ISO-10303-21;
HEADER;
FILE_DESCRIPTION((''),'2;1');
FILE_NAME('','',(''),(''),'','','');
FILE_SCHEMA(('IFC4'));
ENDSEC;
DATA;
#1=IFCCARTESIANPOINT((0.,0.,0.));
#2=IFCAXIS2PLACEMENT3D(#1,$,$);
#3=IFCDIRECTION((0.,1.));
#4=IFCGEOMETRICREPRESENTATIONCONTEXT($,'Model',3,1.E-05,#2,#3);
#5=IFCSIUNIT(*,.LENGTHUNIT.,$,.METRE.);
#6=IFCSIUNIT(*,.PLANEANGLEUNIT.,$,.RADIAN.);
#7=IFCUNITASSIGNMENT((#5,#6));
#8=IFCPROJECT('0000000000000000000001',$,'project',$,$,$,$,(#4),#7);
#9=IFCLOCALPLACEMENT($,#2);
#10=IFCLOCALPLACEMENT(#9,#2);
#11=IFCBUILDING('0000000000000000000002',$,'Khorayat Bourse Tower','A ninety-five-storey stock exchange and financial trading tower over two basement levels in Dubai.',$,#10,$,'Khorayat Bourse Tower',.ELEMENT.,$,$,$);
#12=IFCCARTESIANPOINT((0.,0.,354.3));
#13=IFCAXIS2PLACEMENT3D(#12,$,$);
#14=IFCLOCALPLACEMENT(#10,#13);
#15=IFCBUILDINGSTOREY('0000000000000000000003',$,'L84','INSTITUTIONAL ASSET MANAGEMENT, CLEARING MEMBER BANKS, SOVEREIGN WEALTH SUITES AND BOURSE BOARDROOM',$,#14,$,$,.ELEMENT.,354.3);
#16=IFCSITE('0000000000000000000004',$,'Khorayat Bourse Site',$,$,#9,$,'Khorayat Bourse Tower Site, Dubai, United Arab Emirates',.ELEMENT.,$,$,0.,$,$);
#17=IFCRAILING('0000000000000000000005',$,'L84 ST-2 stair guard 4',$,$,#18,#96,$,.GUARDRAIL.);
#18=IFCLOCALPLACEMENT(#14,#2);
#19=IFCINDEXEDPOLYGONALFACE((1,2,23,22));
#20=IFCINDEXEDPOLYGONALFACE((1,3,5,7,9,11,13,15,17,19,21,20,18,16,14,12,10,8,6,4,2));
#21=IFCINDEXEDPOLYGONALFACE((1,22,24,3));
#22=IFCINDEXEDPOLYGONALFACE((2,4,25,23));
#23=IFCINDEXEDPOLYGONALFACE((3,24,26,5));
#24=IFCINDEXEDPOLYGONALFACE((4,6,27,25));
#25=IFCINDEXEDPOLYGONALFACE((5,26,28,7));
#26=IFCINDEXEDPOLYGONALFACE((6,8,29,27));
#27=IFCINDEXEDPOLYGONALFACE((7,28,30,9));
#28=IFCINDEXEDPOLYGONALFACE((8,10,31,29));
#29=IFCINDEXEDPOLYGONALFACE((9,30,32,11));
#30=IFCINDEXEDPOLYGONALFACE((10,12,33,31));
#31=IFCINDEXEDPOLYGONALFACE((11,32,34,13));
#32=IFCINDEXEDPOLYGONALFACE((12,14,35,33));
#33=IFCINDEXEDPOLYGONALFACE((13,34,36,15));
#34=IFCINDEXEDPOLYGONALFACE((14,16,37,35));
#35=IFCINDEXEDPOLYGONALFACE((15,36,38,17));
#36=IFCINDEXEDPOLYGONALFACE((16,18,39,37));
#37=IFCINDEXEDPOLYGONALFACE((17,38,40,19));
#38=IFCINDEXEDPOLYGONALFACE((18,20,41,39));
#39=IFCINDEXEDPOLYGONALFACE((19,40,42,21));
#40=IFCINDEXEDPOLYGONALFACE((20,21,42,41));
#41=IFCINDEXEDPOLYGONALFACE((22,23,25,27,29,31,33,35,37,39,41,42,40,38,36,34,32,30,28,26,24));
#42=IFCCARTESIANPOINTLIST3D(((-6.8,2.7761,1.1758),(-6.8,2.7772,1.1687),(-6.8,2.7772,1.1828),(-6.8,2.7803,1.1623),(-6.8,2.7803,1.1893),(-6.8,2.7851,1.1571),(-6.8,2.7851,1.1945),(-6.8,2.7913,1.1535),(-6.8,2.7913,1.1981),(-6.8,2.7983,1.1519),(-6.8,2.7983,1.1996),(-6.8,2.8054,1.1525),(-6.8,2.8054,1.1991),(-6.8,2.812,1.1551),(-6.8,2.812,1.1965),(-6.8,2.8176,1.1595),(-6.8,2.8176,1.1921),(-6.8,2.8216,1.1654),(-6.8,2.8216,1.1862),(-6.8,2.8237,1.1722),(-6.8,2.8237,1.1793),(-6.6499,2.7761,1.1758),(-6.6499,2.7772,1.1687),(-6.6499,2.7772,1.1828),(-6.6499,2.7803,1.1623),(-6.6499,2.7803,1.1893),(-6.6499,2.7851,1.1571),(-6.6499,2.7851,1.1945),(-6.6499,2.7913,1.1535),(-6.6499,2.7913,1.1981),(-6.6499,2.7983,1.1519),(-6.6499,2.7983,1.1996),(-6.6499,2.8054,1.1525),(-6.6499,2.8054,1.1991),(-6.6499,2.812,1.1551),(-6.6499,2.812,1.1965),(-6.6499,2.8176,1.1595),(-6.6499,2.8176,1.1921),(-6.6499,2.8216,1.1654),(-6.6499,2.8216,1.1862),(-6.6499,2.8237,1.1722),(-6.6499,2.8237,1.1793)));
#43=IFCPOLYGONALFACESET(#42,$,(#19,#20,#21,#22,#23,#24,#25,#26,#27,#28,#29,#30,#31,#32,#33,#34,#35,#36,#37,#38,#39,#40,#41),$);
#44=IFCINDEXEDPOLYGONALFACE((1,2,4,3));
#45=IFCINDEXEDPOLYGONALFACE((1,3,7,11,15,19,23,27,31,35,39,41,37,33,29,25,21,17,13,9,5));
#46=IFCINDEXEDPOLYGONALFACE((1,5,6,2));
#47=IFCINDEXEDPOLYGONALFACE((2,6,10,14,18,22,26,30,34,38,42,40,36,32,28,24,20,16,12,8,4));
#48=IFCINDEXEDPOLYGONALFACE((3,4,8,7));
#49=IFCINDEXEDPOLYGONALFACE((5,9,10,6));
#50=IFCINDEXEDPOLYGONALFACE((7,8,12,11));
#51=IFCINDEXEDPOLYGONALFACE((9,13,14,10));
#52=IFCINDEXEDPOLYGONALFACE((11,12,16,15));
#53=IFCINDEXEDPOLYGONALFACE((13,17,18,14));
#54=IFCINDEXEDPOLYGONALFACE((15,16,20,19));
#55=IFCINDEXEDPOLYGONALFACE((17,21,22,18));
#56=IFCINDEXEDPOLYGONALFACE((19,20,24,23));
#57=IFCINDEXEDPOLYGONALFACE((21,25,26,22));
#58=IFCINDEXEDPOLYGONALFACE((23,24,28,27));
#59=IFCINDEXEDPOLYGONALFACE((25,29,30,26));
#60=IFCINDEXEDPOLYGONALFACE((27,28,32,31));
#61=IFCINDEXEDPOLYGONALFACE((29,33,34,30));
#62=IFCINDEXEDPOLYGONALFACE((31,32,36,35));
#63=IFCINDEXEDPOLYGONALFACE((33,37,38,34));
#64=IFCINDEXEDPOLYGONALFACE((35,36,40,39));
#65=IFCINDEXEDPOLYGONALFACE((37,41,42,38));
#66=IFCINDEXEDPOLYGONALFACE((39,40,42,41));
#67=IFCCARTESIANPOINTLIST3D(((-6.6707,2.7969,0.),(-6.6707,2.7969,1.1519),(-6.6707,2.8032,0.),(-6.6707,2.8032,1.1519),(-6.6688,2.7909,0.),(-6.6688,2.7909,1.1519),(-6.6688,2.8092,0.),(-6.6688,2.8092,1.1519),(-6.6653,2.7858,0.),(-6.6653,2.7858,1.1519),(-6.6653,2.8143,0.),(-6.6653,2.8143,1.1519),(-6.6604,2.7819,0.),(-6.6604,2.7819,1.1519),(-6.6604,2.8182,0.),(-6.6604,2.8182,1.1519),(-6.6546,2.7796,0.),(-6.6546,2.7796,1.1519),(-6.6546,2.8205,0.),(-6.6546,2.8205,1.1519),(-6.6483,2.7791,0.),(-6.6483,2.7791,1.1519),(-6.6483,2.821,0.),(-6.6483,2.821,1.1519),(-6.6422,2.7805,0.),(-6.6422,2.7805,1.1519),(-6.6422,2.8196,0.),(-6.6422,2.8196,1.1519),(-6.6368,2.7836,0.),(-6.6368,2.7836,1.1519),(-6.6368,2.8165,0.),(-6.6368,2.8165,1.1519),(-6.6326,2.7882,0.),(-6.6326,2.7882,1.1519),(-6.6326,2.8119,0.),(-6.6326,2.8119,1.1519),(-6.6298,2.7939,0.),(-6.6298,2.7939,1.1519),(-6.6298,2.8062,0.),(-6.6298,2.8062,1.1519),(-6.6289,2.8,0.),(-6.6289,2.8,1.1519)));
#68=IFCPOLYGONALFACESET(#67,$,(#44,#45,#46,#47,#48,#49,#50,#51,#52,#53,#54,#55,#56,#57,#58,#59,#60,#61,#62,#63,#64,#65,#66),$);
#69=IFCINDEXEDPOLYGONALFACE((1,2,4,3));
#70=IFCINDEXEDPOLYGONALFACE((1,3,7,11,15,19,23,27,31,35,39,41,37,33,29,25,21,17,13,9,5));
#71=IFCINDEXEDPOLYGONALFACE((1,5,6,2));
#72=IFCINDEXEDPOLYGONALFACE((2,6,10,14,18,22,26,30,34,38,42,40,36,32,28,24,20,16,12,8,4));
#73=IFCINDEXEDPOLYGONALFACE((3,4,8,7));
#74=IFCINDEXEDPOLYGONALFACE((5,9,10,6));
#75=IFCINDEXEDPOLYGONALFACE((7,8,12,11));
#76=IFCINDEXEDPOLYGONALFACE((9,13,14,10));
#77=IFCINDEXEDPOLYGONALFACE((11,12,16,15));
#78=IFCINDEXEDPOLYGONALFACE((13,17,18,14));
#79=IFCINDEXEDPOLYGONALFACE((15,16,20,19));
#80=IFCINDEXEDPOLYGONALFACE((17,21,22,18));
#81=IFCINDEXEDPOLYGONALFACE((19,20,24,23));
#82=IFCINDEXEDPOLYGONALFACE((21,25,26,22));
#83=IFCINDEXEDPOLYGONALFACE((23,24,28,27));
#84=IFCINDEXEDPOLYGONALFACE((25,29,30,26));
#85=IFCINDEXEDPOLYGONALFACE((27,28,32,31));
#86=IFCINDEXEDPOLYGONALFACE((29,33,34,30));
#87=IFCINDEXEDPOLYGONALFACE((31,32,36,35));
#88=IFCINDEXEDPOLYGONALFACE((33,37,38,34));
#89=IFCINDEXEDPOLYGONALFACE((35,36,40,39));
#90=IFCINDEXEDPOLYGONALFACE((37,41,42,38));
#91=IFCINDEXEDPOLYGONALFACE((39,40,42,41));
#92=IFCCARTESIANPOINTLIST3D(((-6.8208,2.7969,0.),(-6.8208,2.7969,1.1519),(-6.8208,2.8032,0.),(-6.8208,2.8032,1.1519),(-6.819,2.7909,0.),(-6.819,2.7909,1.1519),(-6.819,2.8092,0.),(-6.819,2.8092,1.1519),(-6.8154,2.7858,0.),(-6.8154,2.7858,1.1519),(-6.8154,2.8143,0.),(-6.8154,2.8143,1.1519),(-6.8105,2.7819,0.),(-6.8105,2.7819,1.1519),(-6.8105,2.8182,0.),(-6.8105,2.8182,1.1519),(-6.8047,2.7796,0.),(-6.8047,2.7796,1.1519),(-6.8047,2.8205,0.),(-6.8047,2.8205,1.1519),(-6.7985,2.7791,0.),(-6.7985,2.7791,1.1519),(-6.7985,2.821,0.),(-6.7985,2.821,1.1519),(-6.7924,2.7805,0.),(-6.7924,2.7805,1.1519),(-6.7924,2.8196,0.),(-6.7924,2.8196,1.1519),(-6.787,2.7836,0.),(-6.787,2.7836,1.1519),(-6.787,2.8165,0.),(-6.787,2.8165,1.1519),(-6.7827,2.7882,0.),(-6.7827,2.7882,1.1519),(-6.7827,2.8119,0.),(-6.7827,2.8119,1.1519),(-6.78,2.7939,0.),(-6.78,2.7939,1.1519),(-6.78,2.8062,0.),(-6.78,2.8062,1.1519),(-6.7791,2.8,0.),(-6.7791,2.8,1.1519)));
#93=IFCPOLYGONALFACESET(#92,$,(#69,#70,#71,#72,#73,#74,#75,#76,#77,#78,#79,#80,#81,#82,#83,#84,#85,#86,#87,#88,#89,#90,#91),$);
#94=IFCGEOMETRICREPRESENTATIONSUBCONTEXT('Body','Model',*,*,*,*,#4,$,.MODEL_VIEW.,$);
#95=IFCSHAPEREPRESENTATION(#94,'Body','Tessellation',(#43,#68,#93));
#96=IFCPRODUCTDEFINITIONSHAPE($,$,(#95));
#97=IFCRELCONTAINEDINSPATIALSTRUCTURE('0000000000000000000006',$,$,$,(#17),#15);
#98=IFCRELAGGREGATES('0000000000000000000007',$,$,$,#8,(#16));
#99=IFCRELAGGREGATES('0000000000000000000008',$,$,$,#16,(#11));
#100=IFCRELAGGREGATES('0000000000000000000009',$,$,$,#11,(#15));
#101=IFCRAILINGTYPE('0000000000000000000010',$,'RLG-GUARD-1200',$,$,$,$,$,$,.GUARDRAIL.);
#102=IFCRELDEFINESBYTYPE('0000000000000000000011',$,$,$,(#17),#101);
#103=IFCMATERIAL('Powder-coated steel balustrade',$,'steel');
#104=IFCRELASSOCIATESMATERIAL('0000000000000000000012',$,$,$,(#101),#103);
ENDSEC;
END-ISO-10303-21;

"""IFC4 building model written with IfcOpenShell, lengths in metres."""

from ifc_helpers import new_model, si_unit, direction, frame, origin, origin_2d, place, context, subcontext, project, spatial, circle, extrude, source, transform, mapped, material, type_object, element, save


model = new_model("IFC4")

# Units and contexts
model_context = context("Model", 3, precision=1e-05, world=origin(), true_north=direction((0.0, 1.0)))
body_context = subcontext(model_context, "Body", "Model", "MODEL_VIEW")
ifc_project = project(units=[si_unit("LENGTHUNIT", "METRE"), si_unit("PLANEANGLEUNIT", "RADIAN")], contexts=[model_context])

# Site, building, storey
site_placement = place(None, origin())
site = spatial("IfcSite", under=ifc_project, at=site_placement, Name="Khorayat Bourse Site", LongName="Khorayat Bourse Tower Site, Dubai, United Arab Emirates", CompositionType="ELEMENT", RefElevation=0.0)
building_placement = place(site_placement, origin())
building = spatial("IfcBuilding", under=site, at=building_placement, Name="Khorayat Bourse Tower", Description="A ninety-five-storey stock exchange and financial trading tower over two basement levels in Dubai.", LongName="Khorayat Bourse Tower", CompositionType="ELEMENT")
storey_placement = place(building_placement, frame((0.0, 0.0, 354.3)))
storey = spatial("IfcBuildingStorey", under=building, at=storey_placement, Name="L84", Description="INSTITUTIONAL ASSET MANAGEMENT, CLEARING MEMBER BANKS, SOVEREIGN WEALTH SUITES AND BOURSE BOARDROOM", CompositionType="ELEMENT", Elevation=354.3)

# Railing
ifc_material_1 = material(Name="Powder-coated steel balustrade", Category="steel")
railing_type_1 = type_object("IfcRailingType", Name="RLG-GUARD-1200", PredefinedType="GUARDRAIL", material=ifc_material_1)
shared_shape_1 = source(origin(), body_context, "Body", "SweptSolid", [
    extrude(circle(Radius=0.0239, at=origin_2d()), frame((0.0, 0.0, 1.1758), z_axis=(-1.0, 0.0, 0.0), x_axis=(0.0, -1.0, 0.0)), (0.0, 0.0, 1.0), 0.1501),
    extrude(circle(Radius=0.021, at=origin_2d()), origin(), (0.0, 0.0, 1.0), 1.1519),
    extrude(circle(Radius=0.021, at=origin_2d()), frame((-0.1501, 0.0, 0.0)), (0.0, 0.0, 1.0), 1.1519),
])
for number, where, name in (
    (1, (-6.6499, 2.8, 0.0), "L84 ST-2 stair guard 4"),
):
    element("IfcRailing", number, at=place(storey_placement, frame(where)), inside=storey, type_object=railing_type_1, Name=name, PredefinedType="GUARDRAIL", context=body_context, shape_type="MappedRepresentation", body=[
        mapped(shared_shape_1, transform((0.0, 0.0, 0.0), scale=1.0)),
    ])

save(model, "model.ifc")
